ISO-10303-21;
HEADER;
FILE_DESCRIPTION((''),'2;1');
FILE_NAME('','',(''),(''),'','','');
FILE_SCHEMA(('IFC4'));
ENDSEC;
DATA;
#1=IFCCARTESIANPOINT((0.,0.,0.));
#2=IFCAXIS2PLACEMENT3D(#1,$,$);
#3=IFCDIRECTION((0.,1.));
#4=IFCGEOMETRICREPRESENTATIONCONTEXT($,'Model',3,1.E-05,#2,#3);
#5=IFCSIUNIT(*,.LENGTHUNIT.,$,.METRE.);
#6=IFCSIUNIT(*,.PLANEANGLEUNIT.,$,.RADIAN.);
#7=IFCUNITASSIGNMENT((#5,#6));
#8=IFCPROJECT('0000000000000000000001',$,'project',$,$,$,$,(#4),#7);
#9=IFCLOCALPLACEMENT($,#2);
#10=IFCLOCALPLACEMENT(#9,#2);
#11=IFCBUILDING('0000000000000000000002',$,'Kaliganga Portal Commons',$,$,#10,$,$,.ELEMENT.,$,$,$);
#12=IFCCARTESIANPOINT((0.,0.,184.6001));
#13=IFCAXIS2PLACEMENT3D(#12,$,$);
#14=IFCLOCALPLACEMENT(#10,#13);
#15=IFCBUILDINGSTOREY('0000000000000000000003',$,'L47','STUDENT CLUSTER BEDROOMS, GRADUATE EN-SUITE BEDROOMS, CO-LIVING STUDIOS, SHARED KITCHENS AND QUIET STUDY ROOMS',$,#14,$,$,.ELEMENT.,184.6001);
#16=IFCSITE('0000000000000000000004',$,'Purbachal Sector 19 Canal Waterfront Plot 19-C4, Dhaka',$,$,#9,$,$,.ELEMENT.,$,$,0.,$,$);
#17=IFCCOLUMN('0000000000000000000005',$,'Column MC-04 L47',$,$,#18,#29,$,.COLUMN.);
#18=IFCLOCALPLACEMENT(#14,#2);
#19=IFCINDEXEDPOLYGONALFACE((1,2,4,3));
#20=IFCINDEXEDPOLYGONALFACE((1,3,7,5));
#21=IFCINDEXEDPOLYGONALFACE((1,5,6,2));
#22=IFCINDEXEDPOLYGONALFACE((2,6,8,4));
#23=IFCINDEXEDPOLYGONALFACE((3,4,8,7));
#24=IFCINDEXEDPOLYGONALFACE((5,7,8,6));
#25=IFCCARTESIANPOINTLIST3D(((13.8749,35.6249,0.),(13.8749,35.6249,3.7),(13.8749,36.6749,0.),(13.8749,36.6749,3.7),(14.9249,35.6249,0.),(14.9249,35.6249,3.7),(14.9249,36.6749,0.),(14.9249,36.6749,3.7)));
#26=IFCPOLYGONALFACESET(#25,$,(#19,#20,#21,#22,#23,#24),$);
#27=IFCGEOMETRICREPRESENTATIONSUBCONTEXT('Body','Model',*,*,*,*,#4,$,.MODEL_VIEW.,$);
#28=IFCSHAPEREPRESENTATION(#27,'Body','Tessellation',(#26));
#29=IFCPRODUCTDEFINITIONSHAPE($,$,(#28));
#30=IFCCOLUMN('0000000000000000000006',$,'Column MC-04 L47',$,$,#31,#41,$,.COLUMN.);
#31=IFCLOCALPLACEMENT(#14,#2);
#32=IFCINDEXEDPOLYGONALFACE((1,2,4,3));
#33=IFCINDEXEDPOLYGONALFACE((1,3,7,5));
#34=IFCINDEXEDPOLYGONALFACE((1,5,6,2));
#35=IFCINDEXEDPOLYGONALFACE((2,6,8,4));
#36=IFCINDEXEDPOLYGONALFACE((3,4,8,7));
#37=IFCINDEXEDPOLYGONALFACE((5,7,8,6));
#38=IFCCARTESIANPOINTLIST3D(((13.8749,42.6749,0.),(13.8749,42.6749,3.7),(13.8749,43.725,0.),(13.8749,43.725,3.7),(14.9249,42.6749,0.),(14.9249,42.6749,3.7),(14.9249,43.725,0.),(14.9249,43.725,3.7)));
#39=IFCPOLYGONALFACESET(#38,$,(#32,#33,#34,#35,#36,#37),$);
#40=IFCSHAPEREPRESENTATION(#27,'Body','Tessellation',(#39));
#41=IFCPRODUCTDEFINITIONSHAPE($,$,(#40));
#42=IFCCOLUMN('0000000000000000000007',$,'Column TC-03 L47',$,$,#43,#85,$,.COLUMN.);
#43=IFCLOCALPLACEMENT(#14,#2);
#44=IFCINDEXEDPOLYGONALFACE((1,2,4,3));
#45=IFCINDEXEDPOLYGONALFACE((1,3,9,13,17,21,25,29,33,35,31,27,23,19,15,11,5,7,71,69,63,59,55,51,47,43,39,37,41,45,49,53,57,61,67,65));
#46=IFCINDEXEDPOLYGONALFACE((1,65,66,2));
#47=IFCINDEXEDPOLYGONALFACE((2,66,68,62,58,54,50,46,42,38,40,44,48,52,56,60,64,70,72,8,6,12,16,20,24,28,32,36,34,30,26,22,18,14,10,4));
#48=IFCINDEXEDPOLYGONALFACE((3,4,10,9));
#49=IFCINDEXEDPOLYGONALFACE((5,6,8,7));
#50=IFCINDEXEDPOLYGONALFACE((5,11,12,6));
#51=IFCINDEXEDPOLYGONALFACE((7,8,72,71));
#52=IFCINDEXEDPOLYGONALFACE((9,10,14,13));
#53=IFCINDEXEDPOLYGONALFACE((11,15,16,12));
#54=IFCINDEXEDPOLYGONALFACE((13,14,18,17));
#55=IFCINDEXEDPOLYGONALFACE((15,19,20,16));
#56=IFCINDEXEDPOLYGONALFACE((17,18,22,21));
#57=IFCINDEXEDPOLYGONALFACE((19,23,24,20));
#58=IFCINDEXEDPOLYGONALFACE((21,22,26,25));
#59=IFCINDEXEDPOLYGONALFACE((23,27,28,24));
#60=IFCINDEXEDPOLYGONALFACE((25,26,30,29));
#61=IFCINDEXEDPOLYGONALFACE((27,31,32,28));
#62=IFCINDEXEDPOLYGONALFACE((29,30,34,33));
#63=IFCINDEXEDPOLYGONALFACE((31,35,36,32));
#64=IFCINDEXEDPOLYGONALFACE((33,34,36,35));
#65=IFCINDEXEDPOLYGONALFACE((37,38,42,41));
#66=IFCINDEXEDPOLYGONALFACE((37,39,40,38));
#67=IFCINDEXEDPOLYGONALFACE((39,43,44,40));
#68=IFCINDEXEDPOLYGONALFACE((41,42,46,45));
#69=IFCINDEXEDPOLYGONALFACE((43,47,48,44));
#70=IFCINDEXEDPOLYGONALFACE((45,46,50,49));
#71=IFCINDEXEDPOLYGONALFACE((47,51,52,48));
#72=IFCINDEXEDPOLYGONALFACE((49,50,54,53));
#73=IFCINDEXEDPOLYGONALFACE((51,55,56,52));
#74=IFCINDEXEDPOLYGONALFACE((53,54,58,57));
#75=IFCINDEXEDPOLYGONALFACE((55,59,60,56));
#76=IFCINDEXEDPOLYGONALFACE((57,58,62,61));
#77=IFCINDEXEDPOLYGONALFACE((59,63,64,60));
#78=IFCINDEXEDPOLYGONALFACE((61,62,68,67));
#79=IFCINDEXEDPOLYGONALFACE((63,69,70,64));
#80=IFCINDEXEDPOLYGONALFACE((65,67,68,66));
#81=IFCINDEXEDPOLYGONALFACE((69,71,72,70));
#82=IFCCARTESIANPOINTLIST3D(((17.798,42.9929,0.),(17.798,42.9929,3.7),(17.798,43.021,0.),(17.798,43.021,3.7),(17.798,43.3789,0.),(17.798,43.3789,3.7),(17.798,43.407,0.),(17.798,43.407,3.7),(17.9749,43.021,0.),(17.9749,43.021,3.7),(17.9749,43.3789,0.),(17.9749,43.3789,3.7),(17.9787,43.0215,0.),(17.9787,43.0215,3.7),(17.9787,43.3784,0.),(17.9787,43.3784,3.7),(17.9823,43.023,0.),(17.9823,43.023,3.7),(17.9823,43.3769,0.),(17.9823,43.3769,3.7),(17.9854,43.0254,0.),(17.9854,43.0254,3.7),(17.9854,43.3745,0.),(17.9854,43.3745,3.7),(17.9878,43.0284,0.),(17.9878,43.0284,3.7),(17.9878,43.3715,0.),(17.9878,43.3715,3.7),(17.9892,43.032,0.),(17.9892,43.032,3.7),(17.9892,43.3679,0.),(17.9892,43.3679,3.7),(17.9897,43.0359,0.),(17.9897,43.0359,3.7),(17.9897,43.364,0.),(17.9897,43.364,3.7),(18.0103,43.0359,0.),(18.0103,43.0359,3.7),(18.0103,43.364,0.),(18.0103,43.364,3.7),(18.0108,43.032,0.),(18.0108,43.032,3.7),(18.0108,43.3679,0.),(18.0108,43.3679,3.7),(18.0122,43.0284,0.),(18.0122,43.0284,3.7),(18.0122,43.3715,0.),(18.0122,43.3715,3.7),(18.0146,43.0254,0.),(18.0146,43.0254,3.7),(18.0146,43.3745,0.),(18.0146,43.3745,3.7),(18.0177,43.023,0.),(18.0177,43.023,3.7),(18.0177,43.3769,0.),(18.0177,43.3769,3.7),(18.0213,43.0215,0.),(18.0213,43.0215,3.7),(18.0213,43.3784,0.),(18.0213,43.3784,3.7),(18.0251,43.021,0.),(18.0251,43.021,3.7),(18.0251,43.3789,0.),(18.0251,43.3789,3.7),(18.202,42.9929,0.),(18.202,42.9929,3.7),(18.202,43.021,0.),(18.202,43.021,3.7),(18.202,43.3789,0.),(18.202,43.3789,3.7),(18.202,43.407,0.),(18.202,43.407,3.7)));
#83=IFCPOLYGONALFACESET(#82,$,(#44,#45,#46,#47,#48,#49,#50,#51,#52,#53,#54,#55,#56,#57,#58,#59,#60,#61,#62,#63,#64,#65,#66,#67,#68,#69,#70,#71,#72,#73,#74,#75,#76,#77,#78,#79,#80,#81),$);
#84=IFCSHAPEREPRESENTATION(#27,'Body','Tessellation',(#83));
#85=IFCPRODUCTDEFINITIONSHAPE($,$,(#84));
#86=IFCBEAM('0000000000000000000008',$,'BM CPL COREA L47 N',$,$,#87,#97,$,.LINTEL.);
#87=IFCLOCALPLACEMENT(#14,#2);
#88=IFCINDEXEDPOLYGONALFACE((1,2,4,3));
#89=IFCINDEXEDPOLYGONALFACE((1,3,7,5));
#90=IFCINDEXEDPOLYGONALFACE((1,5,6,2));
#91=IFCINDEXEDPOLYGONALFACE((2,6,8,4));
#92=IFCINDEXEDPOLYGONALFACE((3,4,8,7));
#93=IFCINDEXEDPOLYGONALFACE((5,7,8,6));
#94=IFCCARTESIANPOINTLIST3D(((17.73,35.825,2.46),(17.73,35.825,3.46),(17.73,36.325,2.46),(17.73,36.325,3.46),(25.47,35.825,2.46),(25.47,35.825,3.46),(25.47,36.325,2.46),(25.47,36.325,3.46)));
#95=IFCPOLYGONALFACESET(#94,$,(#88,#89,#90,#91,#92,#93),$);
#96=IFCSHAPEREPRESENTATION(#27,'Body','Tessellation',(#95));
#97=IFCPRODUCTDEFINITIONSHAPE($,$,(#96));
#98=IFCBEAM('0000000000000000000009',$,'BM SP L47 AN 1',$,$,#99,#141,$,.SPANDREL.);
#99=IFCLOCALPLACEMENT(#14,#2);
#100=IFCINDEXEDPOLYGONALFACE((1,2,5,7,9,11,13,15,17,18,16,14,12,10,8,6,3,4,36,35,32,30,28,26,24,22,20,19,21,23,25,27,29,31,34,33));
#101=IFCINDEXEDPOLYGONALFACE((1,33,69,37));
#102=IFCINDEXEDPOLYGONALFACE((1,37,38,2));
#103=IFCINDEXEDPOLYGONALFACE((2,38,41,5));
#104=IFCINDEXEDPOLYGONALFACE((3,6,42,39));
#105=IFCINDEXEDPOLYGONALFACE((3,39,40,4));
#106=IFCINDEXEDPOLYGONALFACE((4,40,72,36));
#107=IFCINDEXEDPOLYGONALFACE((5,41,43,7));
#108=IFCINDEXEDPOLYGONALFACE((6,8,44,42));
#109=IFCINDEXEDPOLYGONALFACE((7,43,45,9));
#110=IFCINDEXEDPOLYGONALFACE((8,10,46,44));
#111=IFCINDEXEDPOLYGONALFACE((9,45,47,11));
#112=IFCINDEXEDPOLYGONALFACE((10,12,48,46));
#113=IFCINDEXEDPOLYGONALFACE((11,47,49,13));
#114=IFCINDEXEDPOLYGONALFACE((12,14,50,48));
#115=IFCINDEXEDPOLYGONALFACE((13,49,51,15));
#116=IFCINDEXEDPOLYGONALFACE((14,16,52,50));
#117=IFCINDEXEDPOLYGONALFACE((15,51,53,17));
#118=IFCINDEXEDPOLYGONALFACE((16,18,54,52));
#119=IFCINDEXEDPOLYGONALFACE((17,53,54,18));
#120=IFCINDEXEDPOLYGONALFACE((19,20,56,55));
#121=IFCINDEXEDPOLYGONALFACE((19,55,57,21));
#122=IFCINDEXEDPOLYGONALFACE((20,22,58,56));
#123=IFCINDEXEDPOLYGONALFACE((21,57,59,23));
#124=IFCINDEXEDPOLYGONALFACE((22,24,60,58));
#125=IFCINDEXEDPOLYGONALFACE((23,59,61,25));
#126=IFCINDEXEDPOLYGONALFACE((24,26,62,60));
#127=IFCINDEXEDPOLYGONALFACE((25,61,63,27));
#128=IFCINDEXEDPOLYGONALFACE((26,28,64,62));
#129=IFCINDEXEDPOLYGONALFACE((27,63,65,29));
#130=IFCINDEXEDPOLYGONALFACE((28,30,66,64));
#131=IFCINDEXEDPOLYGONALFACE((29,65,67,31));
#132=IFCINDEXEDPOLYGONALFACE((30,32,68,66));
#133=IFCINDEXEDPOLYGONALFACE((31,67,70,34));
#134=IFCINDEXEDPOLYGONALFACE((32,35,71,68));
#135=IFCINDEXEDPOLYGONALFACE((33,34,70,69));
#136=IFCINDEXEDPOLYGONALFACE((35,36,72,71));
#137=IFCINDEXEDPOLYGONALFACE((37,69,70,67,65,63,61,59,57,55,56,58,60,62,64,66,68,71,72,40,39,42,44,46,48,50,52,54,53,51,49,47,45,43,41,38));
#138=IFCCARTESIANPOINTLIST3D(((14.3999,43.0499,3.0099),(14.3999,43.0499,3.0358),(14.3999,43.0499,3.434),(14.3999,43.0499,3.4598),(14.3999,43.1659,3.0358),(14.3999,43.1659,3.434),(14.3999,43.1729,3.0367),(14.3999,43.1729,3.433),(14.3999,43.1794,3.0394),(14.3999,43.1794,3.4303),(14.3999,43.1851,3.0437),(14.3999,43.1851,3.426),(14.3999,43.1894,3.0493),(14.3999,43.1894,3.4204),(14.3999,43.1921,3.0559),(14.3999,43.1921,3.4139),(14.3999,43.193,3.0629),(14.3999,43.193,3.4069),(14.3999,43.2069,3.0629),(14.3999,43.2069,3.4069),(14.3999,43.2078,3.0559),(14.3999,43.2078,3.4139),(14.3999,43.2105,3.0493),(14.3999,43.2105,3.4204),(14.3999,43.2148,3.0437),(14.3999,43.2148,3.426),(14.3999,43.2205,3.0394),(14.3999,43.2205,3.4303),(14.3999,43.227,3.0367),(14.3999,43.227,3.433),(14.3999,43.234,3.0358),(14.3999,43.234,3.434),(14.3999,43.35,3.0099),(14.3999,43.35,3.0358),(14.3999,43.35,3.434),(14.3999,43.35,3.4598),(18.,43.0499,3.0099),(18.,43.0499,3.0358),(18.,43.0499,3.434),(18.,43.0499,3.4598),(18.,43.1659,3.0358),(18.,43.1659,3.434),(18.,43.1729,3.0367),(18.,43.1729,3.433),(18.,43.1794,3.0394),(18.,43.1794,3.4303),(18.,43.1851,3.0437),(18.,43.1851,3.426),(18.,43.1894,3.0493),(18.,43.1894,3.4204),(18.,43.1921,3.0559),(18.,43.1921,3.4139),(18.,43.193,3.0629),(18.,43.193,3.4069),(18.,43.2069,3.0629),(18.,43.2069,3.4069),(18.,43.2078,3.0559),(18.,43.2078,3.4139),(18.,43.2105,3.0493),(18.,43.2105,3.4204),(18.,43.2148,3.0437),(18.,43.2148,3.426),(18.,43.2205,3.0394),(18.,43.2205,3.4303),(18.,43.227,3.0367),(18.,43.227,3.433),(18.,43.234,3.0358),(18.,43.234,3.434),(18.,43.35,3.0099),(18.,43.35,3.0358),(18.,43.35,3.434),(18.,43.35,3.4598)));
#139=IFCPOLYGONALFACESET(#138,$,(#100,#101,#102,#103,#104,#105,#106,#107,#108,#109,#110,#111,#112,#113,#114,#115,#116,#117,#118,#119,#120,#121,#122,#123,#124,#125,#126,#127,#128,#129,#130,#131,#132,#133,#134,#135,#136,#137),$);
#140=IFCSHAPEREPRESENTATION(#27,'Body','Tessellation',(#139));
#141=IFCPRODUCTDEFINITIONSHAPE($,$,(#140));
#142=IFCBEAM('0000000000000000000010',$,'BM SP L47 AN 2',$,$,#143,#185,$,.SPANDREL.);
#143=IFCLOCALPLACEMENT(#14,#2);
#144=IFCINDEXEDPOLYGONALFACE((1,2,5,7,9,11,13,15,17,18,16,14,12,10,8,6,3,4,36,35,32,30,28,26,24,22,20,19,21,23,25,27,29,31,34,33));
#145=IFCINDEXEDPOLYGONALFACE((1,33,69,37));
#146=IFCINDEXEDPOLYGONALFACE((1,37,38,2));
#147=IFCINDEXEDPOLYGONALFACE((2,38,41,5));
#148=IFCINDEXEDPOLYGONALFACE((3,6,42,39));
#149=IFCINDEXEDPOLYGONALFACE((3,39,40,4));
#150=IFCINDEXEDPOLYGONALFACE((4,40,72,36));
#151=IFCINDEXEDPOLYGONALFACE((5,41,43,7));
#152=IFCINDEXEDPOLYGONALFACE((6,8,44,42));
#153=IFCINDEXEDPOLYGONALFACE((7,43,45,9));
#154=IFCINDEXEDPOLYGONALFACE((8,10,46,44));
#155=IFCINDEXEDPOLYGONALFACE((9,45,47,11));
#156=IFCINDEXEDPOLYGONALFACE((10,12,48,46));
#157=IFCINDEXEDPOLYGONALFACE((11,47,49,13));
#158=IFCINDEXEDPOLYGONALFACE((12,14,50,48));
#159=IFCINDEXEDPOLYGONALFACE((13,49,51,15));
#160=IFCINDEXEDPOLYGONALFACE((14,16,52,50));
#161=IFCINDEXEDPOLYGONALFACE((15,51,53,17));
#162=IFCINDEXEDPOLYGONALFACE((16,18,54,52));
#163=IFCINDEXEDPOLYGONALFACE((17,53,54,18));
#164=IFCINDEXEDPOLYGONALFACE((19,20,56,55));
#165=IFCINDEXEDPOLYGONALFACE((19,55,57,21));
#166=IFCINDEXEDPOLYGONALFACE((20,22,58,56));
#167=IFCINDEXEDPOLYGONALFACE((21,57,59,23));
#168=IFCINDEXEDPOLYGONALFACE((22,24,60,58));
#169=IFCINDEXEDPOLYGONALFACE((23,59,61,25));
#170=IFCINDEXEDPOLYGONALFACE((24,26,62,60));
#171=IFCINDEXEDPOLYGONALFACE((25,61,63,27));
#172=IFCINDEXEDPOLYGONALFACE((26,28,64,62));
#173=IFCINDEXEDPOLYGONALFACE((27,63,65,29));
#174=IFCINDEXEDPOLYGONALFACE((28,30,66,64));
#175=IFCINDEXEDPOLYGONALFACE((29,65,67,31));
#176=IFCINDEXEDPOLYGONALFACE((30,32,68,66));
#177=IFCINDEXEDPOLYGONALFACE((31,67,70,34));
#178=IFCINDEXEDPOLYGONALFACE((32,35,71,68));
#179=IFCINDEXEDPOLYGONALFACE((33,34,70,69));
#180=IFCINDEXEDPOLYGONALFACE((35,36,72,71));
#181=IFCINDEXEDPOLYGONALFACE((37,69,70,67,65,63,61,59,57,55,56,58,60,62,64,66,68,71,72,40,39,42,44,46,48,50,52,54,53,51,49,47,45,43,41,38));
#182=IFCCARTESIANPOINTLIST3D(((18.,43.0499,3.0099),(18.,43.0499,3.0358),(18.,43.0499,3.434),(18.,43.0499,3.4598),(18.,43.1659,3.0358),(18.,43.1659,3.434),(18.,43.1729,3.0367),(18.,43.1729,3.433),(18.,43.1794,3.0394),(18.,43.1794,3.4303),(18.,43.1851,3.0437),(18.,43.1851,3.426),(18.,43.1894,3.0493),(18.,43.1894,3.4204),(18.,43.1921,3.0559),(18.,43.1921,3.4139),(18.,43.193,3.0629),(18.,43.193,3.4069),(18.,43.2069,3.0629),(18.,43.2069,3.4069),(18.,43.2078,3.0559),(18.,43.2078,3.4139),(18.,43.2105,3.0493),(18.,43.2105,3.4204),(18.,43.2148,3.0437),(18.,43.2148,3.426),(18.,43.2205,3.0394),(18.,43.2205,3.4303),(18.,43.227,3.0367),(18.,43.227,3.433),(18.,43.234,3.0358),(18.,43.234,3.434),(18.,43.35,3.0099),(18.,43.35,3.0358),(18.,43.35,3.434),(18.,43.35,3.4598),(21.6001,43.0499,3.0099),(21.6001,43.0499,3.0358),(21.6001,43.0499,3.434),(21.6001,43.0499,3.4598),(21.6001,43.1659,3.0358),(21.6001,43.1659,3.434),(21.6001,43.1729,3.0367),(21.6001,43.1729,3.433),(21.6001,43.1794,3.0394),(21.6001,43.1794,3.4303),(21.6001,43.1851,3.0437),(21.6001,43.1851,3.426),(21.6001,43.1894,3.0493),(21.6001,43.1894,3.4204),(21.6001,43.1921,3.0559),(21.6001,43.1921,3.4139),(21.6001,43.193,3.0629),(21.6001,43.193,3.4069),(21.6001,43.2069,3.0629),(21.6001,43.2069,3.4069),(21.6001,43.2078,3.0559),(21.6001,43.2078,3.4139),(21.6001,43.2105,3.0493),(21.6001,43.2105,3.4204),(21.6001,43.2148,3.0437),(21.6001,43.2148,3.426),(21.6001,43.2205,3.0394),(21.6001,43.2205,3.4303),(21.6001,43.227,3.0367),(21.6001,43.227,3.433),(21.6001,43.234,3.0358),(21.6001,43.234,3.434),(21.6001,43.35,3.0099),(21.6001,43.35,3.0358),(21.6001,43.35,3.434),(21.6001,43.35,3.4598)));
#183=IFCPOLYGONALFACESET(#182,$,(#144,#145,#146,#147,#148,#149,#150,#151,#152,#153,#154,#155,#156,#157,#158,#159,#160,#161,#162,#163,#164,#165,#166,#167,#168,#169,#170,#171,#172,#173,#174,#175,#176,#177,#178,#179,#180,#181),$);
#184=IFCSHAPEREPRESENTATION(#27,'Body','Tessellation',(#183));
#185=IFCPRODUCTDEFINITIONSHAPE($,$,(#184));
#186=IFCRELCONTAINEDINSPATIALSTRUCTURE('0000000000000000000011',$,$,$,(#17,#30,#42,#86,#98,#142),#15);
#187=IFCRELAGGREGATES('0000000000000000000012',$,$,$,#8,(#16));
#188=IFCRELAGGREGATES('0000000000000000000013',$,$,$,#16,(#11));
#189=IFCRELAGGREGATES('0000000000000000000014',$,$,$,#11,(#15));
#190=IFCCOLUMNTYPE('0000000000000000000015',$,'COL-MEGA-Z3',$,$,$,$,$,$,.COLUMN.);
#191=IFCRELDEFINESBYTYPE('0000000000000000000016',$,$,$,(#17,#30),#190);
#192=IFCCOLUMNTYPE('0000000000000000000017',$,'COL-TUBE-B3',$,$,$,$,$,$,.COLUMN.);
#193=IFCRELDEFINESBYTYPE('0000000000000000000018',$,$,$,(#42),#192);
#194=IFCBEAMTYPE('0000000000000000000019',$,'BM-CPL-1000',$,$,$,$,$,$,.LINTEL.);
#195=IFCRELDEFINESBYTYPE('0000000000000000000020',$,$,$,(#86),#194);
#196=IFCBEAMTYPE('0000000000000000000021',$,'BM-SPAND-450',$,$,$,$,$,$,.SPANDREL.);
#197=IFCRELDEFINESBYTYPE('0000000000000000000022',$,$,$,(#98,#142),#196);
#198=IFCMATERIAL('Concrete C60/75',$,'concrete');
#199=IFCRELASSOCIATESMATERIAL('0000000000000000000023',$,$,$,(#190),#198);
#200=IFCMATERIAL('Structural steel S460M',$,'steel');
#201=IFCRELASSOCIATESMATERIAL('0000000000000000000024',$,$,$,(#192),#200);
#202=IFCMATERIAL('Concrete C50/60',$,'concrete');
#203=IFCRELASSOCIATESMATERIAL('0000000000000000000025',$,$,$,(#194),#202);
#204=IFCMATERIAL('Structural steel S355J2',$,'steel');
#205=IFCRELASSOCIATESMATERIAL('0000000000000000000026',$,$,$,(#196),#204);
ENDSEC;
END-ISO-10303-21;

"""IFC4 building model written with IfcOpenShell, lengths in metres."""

from ifc_helpers import new_model, si_unit, direction, frame, origin, origin_2d, place, context, subcontext, project, spatial, rectangle, i_section, extrude, source, transform, mapped, material, material_profile, profile_set, type_object, element, save


model = new_model("IFC4")

# Units and contexts
model_context = context("Model", 3, precision=1e-05, world=origin(), true_north=direction((0.0, 1.0)))
body_context = subcontext(model_context, "Body", "Model", "MODEL_VIEW")
ifc_project = project(units=[si_unit("LENGTHUNIT", "METRE"), si_unit("PLANEANGLEUNIT", "RADIAN")], contexts=[model_context])

# Site, building, storey
site_placement = place(None, origin())
site = spatial("IfcSite", under=ifc_project, at=site_placement, Name="Purbachal Sector 19 Canal Waterfront Plot 19-C4, Dhaka", CompositionType="ELEMENT", RefElevation=0.0)
building_placement = place(site_placement, origin())
building = spatial("IfcBuilding", under=site, at=building_placement, Name="Kaliganga Portal Commons", CompositionType="ELEMENT")
storey_placement = place(building_placement, frame((0.0, 0.0, 184.6001)))
storey = spatial("IfcBuildingStorey", under=building, at=storey_placement, Name="L47", Description="STUDENT CLUSTER BEDROOMS, GRADUATE EN-SUITE BEDROOMS, CO-LIVING STUDIOS, SHARED KITCHENS AND QUIET STUDY ROOMS", CompositionType="ELEMENT", Elevation=184.6001)

# Columns
ifc_material_1 = material(Name="Concrete C60/75", Category="concrete")
ifc_material_profile_1 = material_profile(ifc_material_1, rectangle(XDim=1.05, YDim=1.05, at=origin_2d()), Name="RC 1050x1050")
ifc_profile_set_1 = profile_set([ifc_material_profile_1], Name="Concrete C60/75")
column_type_1 = type_object("IfcColumnType", Name="COL-MEGA-Z3", PredefinedType="COLUMN", material=ifc_profile_set_1)
shared_shape_1 = source(origin(), body_context, "Body", "SweptSolid", [
    extrude(rectangle(XDim=1.05, YDim=1.05, at=origin_2d()), origin(), (0.0, 0.0, 1.0), 3.7),
])
for number, where, z_axis, x_axis, name in (
    (1, (14.3999, 36.1499, 0.0), (0.0, 0.0, 1.0), (1.0, 0.0, 0.0), "Column MC-04 L47"),
    (2, (14.3999, 43.2, 0.0), (0.0, 0.0, 1.0), (1.0, 0.0, 0.0), "Column MC-04 L47"),
):
    element("IfcColumn", number, at=place(storey_placement, frame(where, z_axis=z_axis, x_axis=x_axis)), inside=storey, type_object=column_type_1, Name=name, PredefinedType="COLUMN", context=body_context, shape_type="MappedRepresentation", body=[
        mapped(shared_shape_1, transform((0.0, 0.0, 0.0), x_axis=(1.0, 0.0, 0.0), y_axis=(0.0, 1.0, 0.0), z_axis=(0.0, 0.0, 1.0), scale=1.0)),
    ])
ifc_material_2 = material(Name="Structural steel S460M", Category="steel")
ifc_material_profile_2 = material_profile(ifc_material_2, i_section(OverallWidth=0.4041, OverallDepth=0.4141, WebThickness=0.0205, FlangeThickness=0.0281, FilletRadius=0.0149, at=origin_2d()), Name="HD 400x347")
ifc_profile_set_2 = profile_set([ifc_material_profile_2], Name="Structural steel S460M wide-flange")
column_type_2 = type_object("IfcColumnType", Name="COL-TUBE-B3", PredefinedType="COLUMN", material=ifc_profile_set_2)
shared_shape_2 = source(origin(), body_context, "Body", "SweptSolid", [
    extrude(i_section(OverallWidth=0.4041, OverallDepth=0.4141, WebThickness=0.0205, FlangeThickness=0.0281, FilletRadius=0.0149, at=origin_2d()), origin(), (0.0, 0.0, 1.0), 3.7),
])
column_placement = place(storey_placement, frame((18.0, 43.2, 0.0), z_axis=(0.0, 0.0, 1.0), x_axis=(1.0, 0.0, 0.0)))
element("IfcColumn", 3, at=column_placement, inside=storey, type_object=column_type_2, Name="Column TC-03 L47", PredefinedType="COLUMN", context=body_context, shape_type="MappedRepresentation", body=[
    mapped(shared_shape_2, transform((0.0, 0.0, 0.0), x_axis=(1.0, 0.0, 0.0), y_axis=(0.0, 1.0, 0.0), z_axis=(0.0, 0.0, 1.0), scale=1.0)),
])

# Beams
ifc_material_3 = material(Name="Concrete C50/60", Category="concrete")
ifc_material_profile_3 = material_profile(ifc_material_3, rectangle(XDim=0.5, YDim=1.0, at=origin_2d()), Name="RC 500x1000")
ifc_profile_set_3 = profile_set([ifc_material_profile_3], Name="Concrete C50/60")
beam_type_1 = type_object("IfcBeamType", Name="BM-CPL-1000", PredefinedType="LINTEL", material=ifc_profile_set_3)
shared_shape_3 = source(origin(), body_context, "Body", "SweptSolid", [
    extrude(rectangle(XDim=0.5, YDim=1.0, at=origin_2d()), origin(), (0.0, 0.0, 1.0), 7.74),
])
beam_1_placement = place(storey_placement, frame((17.73, 36.075, 2.96), z_axis=(1.0, 0.0, 0.0), x_axis=(0.0, 1.0, 0.0)))
element("IfcBeam", 4, at=beam_1_placement, inside=storey, type_object=beam_type_1, Name="BM CPL COREA L47 N", PredefinedType="LINTEL", context=body_context, shape_type="MappedRepresentation", body=[
    mapped(shared_shape_3, transform((0.0, 0.0, 0.0), x_axis=(1.0, 0.0, 0.0), y_axis=(0.0, 1.0, 0.0), z_axis=(0.0, 0.0, 1.0), scale=1.0)),
])
ifc_material_4 = material(Name="Structural steel S355J2", Category="steel")
ifc_material_profile_4 = material_profile(ifc_material_4, i_section(OverallWidth=0.3, OverallDepth=0.45, WebThickness=0.0139, FlangeThickness=0.0259, FilletRadius=0.0271, at=origin_2d()), Name="HE 450 B")
ifc_profile_set_4 = profile_set([ifc_material_profile_4], Name="Structural steel S355J2 wide-flange")
beam_type_2 = type_object("IfcBeamType", Name="BM-SPAND-450", PredefinedType="SPANDREL", material=ifc_profile_set_4)
shared_shape_4 = source(origin(), body_context, "Body", "SweptSolid", [
    extrude(i_section(OverallWidth=0.3, OverallDepth=0.45, WebThickness=0.0139, FlangeThickness=0.0259, FilletRadius=0.0271, at=origin_2d()), origin(), (0.0, 0.0, 1.0), 3.6001),
])
for number, where, z_axis, x_axis, name in (
    (5, (14.3999, 43.2, 3.2349), (1.0, 0.0, 0.0), (0.0, 1.0, 0.0), "BM SP L47 AN 1"),
    (6, (18.0, 43.2, 3.2349), (1.0, 0.0, 0.0), (0.0, 1.0, 0.0), "BM SP L47 AN 2"),
):
    element("IfcBeam", number, at=place(storey_placement, frame(where, z_axis=z_axis, x_axis=x_axis)), inside=storey, type_object=beam_type_2, Name=name, PredefinedType="SPANDREL", context=body_context, shape_type="MappedRepresentation", body=[
        mapped(shared_shape_4, transform((0.0, 0.0, 0.0), x_axis=(1.0, 0.0, 0.0), y_axis=(0.0, 1.0, 0.0), z_axis=(0.0, 0.0, 1.0), scale=1.0)),
    ])

save(model, "model.ifc")
